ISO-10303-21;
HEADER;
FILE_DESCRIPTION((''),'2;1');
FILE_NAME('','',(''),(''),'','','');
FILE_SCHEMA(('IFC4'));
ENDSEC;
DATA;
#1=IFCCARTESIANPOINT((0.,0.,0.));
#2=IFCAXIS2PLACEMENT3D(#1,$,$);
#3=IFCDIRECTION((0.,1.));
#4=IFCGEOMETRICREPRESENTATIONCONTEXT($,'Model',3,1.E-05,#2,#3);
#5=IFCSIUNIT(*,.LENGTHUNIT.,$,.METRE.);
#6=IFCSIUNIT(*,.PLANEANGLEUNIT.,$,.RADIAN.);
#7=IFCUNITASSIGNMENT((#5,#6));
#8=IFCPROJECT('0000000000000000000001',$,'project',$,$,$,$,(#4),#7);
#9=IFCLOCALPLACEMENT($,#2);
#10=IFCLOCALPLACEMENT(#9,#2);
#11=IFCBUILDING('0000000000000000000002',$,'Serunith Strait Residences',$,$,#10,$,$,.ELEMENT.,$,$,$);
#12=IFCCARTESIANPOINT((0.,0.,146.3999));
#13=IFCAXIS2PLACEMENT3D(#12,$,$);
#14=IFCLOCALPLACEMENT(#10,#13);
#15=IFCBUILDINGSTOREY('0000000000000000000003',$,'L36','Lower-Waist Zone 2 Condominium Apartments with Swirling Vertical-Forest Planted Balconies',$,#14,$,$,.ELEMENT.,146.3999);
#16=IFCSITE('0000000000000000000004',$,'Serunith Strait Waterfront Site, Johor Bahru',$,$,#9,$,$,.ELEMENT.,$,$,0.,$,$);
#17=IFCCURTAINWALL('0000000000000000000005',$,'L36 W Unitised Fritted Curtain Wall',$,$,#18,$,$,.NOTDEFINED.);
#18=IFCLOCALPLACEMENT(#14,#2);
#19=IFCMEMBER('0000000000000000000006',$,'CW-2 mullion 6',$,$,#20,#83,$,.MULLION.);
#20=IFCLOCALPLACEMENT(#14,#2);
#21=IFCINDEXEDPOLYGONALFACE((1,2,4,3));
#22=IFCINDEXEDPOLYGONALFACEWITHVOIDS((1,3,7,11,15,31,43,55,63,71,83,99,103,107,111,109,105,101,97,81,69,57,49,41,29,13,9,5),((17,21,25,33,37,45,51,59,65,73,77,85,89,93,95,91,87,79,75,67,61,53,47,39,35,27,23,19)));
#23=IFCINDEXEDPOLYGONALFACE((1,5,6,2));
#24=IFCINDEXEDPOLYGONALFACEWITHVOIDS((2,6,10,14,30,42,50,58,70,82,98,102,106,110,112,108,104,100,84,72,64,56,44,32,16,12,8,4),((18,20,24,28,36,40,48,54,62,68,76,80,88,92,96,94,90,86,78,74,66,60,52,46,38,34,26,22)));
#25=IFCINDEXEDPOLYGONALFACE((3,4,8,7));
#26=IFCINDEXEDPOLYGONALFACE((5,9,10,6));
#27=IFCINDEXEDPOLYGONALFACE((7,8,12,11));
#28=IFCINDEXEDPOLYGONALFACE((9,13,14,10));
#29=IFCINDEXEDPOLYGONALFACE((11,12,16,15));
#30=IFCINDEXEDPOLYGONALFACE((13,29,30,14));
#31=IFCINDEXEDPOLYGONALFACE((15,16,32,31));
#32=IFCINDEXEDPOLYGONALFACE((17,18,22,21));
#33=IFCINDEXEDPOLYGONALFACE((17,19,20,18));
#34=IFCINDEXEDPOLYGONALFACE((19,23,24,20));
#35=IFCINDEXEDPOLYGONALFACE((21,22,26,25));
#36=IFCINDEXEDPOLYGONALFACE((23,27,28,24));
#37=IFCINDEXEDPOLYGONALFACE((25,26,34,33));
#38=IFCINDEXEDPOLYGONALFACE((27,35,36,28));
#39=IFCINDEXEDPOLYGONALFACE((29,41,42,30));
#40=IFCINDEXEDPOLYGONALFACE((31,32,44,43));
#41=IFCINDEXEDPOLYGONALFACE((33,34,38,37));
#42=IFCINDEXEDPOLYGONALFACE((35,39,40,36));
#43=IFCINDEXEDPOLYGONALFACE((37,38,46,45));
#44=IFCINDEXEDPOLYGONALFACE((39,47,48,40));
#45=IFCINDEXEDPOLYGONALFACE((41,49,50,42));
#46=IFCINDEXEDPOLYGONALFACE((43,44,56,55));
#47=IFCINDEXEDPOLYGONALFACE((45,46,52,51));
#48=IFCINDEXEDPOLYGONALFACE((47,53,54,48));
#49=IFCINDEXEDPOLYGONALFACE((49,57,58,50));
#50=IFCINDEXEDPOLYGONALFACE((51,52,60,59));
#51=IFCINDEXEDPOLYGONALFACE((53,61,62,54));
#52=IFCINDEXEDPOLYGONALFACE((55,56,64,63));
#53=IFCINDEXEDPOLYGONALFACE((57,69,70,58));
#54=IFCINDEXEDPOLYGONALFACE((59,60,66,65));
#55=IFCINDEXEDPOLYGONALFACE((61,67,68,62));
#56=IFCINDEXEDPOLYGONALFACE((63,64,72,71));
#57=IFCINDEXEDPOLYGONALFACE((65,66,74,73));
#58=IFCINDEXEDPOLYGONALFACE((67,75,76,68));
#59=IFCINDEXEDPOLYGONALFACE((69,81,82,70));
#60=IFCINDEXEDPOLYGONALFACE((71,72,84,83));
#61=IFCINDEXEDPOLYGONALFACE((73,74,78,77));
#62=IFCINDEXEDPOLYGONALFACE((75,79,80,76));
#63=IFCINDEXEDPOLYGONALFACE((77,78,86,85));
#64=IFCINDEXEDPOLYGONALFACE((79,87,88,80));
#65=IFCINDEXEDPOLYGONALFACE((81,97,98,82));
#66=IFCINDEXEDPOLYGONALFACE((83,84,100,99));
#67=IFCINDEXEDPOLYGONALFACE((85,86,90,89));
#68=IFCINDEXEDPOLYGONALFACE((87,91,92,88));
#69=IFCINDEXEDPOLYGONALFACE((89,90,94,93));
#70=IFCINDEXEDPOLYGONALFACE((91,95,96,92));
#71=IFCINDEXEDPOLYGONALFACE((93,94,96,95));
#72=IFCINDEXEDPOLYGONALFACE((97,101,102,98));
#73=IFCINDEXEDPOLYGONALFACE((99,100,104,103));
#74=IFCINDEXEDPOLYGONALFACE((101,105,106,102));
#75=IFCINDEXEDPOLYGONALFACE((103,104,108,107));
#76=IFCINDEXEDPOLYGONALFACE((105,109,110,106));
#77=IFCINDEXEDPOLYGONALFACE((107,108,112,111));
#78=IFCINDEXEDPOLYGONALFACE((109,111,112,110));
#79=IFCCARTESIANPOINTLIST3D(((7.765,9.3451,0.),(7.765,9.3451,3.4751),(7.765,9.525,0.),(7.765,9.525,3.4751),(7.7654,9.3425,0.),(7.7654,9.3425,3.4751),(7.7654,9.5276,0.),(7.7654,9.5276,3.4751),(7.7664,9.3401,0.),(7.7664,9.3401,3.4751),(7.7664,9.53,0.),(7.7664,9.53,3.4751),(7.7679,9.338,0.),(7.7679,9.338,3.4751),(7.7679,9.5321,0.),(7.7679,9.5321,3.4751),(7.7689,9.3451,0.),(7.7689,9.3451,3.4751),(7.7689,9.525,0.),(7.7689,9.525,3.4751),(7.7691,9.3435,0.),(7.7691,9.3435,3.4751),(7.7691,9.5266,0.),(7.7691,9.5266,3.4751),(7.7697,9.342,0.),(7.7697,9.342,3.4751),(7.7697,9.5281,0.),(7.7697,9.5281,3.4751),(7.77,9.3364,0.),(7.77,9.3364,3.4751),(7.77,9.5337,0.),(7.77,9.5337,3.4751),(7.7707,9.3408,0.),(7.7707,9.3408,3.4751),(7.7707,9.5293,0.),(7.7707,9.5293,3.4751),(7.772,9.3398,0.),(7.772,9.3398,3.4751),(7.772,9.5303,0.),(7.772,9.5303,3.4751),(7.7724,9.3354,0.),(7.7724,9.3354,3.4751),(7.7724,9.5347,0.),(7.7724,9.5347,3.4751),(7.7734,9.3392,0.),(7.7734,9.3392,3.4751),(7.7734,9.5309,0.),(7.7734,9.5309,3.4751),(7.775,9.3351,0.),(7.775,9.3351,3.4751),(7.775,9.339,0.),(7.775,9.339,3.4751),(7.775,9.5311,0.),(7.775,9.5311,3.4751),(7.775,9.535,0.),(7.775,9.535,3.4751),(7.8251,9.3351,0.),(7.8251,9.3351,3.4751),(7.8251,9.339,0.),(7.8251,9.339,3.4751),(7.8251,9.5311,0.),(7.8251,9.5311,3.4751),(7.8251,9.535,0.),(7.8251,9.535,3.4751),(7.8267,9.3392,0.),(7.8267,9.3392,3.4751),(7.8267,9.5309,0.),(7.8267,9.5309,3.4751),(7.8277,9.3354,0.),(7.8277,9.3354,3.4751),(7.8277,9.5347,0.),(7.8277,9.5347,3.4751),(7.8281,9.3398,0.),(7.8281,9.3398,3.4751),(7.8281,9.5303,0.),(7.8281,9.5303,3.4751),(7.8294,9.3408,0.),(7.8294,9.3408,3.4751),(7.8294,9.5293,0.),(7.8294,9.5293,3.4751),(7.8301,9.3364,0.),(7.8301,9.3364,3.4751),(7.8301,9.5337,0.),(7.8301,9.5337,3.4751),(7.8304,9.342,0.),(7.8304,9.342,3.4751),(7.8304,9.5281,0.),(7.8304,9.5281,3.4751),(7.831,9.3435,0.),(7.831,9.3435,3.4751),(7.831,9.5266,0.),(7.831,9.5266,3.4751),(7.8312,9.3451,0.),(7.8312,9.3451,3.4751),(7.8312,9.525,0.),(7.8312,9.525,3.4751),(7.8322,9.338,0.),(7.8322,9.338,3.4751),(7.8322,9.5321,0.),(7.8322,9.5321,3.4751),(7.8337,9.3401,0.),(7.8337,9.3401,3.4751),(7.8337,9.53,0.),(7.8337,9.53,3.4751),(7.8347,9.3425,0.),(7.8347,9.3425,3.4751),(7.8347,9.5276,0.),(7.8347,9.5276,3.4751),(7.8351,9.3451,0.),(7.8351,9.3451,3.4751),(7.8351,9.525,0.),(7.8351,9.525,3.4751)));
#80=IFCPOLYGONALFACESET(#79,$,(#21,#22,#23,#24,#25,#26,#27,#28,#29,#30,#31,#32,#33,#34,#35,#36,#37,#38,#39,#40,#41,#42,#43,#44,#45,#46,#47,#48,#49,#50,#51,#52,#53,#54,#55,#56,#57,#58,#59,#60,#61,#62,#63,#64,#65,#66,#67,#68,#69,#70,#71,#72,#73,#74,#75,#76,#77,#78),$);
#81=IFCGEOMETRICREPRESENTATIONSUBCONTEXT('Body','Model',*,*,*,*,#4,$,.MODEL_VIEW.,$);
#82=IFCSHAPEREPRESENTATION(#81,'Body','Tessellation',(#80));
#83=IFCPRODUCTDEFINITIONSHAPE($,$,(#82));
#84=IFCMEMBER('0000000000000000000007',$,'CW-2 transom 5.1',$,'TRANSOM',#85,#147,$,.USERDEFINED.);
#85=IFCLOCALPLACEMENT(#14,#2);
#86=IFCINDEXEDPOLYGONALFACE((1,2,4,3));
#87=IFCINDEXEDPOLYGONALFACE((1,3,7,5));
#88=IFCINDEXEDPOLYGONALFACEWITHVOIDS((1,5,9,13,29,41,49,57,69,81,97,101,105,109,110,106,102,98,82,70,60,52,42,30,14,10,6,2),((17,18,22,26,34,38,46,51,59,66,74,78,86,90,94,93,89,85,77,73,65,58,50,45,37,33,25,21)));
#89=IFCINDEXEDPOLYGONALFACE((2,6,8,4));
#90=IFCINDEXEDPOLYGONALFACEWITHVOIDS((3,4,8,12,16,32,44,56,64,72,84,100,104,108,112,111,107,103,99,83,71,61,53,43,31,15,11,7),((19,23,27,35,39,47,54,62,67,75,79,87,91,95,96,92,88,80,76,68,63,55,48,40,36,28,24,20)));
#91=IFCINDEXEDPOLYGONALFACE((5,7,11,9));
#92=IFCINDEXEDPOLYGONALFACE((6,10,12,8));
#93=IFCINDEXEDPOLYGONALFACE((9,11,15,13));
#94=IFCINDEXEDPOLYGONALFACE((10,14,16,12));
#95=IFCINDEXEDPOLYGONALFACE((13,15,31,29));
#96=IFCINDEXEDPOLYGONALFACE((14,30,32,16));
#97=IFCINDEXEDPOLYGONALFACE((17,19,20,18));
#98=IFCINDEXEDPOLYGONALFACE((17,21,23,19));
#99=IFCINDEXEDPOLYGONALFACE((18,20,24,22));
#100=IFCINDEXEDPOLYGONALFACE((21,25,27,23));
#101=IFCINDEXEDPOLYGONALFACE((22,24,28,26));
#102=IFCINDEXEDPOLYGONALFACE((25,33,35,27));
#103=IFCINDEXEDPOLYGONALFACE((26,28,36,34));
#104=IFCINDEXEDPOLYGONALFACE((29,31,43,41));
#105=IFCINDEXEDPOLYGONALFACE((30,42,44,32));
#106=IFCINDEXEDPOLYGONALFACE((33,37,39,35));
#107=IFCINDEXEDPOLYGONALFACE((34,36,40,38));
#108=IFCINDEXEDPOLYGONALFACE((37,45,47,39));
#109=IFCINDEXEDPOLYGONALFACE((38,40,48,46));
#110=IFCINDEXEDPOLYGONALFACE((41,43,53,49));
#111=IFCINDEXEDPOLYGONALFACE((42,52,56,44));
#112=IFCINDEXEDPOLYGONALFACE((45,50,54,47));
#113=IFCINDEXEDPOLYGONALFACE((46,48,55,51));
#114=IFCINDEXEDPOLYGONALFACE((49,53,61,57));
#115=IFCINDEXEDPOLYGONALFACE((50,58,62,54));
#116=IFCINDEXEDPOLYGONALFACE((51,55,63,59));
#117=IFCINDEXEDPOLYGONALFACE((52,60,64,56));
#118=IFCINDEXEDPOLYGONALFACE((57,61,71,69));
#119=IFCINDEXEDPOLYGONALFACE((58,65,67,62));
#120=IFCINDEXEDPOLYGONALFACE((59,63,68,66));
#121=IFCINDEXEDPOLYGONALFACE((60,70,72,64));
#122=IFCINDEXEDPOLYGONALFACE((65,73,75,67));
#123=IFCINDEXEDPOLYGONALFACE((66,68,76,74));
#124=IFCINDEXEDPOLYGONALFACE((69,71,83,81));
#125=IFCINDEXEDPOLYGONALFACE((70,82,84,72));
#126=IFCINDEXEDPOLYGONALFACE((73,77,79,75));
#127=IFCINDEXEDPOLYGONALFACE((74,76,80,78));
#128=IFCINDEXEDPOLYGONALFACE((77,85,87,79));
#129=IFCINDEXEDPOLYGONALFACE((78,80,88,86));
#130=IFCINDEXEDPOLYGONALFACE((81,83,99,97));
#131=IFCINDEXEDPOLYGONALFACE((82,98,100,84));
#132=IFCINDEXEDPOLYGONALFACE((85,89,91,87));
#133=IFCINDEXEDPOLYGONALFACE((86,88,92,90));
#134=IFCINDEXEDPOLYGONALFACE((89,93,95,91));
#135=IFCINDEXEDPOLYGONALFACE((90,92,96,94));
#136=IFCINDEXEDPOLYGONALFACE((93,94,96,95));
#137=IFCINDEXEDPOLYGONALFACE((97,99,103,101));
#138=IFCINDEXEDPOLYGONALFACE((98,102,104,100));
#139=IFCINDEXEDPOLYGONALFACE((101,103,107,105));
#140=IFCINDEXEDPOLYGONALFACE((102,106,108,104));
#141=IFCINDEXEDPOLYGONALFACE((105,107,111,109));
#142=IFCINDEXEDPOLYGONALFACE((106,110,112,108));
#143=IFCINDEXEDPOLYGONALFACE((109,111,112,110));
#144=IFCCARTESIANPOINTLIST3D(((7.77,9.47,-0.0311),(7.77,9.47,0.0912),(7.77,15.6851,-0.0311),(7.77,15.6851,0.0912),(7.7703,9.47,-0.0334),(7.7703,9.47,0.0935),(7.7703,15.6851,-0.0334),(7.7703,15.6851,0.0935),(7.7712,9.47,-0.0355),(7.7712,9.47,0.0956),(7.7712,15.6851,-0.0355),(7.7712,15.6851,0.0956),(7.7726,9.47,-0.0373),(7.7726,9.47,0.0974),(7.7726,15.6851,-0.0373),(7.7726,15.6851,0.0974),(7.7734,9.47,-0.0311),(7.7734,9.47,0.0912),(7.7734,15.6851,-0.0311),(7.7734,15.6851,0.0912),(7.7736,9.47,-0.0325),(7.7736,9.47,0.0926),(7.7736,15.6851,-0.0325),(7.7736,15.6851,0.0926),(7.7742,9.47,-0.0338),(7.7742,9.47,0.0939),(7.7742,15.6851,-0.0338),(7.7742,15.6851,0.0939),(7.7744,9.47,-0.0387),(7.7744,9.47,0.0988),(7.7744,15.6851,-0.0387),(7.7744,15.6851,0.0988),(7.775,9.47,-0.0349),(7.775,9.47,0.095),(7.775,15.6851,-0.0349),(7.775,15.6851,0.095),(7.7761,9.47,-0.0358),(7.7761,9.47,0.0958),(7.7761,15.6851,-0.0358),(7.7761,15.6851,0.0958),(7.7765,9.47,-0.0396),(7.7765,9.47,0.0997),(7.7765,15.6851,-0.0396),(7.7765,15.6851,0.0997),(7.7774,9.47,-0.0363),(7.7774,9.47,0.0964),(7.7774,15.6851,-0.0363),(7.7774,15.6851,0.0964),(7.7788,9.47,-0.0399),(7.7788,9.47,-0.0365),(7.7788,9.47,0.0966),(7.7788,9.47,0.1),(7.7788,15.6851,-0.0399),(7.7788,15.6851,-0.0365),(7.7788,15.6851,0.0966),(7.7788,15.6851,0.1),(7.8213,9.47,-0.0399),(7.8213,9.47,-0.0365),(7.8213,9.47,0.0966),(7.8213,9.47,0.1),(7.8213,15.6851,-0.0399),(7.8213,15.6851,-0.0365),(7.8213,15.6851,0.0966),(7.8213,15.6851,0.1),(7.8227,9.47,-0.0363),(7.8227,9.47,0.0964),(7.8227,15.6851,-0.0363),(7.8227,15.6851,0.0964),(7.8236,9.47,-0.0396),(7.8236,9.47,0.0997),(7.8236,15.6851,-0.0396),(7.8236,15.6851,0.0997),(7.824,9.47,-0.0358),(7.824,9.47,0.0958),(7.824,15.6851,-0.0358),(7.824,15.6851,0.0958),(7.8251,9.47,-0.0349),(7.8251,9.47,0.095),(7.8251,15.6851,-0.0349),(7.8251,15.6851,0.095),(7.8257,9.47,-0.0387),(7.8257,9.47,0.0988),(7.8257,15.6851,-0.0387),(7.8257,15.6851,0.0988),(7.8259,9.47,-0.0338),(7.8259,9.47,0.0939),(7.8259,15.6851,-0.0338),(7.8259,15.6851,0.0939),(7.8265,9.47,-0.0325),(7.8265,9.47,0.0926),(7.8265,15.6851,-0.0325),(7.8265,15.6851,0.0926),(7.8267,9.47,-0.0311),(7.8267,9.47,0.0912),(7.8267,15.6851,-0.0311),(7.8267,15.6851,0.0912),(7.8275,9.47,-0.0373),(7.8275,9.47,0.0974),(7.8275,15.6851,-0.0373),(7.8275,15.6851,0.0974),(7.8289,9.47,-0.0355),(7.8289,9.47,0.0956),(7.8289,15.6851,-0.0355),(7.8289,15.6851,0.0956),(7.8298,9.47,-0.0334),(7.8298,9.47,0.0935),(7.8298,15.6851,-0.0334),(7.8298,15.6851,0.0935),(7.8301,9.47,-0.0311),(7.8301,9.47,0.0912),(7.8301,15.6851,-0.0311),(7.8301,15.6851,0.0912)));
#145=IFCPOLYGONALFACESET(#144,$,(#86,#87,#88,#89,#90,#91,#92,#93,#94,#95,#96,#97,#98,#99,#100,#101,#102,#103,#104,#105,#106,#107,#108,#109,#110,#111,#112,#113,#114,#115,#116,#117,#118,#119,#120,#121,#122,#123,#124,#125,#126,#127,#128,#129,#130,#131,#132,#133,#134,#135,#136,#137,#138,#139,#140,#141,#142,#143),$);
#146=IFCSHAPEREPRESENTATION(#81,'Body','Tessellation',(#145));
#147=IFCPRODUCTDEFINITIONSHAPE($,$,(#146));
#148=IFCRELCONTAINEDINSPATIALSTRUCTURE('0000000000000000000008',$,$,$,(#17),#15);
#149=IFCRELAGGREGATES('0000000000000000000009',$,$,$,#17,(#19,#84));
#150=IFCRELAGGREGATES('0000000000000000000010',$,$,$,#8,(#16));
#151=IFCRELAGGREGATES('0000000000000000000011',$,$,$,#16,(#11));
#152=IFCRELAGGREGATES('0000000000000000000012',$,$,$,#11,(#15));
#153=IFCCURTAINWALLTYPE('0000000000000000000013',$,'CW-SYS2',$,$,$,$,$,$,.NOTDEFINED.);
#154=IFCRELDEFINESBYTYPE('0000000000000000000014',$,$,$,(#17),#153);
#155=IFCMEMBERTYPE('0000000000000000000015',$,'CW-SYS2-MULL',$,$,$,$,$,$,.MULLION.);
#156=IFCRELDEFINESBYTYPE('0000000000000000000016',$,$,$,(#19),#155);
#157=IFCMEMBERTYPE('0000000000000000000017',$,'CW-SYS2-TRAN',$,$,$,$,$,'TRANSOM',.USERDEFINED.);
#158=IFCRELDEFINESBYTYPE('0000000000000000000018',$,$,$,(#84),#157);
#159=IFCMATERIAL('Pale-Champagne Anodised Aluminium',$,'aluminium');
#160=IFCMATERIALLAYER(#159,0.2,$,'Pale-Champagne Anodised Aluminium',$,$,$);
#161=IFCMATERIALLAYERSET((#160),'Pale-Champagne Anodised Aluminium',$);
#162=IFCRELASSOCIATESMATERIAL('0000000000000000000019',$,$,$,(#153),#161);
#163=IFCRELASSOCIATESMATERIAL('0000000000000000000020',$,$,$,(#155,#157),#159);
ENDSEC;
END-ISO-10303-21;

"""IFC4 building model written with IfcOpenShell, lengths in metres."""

from ifc_helpers import new_model, si_unit, direction, frame, origin, origin_2d, place, context, subcontext, project, spatial, hollow_rectangle, extrude, source, transform, mapped, material, layer, layer_set, material_profile, profile_set, type_object, element, aggregate, save


model = new_model("IFC4")

# Units and contexts
model_context = context("Model", 3, precision=1e-05, world=origin(), true_north=direction((0.0, 1.0)))
body_context = subcontext(model_context, "Body", "Model", "MODEL_VIEW")
ifc_project = project(units=[si_unit("LENGTHUNIT", "METRE"), si_unit("PLANEANGLEUNIT", "RADIAN")], contexts=[model_context])

# Site, building, storey
site_placement = place(None, origin())
site = spatial("IfcSite", under=ifc_project, at=site_placement, Name="Serunith Strait Waterfront Site, Johor Bahru", CompositionType="ELEMENT", RefElevation=0.0)
building_placement = place(site_placement, origin())
building = spatial("IfcBuilding", under=site, at=building_placement, Name="Serunith Strait Residences", CompositionType="ELEMENT")
storey_placement = place(building_placement, frame((0.0, 0.0, 146.3999)))
storey = spatial("IfcBuildingStorey", under=building, at=storey_placement, Name="L36", Description="Lower-Waist Zone 2 Condominium Apartments with Swirling Vertical-Forest Planted Balconies", CompositionType="ELEMENT", Elevation=146.3999)

# Curtain wall, members
ifc_material_1 = material(Name="Pale-Champagne Anodised Aluminium", Category="aluminium")
ifc_layer_1 = layer(ifc_material_1, 0.2, Name="Pale-Champagne Anodised Aluminium")
ifc_layer_set_1 = layer_set([ifc_layer_1], Name="Pale-Champagne Anodised Aluminium")
curtain_wall_type = type_object("IfcCurtainWallType", Name="CW-SYS2", PredefinedType="NOTDEFINED", material=ifc_layer_set_1)
curtain_wall_placement = place(storey_placement, origin())
curtain_wall = element("IfcCurtainWall", 1, at=curtain_wall_placement, inside=storey, type_object=curtain_wall_type, Name="L36 W Unitised Fritted Curtain Wall", PredefinedType="NOTDEFINED")
ifc_material_profile_1 = material_profile(ifc_material_1, hollow_rectangle(XDim=0.0701, YDim=0.2, WallThickness=0.0039, InnerFilletRadius=0.0061, OuterFilletRadius=0.01, at=origin_2d()), Name="ALU 200x70x4")
ifc_profile_set_1 = profile_set([ifc_material_profile_1], Name="Pale-Champagne Anodised Aluminium")
member_type_1 = type_object("IfcMemberType", Name="CW-SYS2-MULL", PredefinedType="MULLION", material=ifc_profile_set_1)
shared_shape_1 = source(origin(), body_context, "Body", "SweptSolid", [
    extrude(hollow_rectangle(XDim=0.0701, YDim=0.2, WallThickness=0.0039, InnerFilletRadius=0.0061, OuterFilletRadius=0.01, at=origin_2d()), origin(), (0.0, 0.0, 1.0), 3.4751),
])
member_1_placement = place(storey_placement, frame((7.8, 9.4351, 0.0), z_axis=(0.0, 0.0, 1.0), x_axis=(1.0, 0.0, 0.0)))
member_1 = element("IfcMember", 2, at=member_1_placement, type_object=member_type_1, Name="CW-2 mullion 6", PredefinedType="MULLION", context=body_context, shape_type="MappedRepresentation", body=[
    mapped(shared_shape_1, transform((0.0, 0.0, 0.0), scale=1.0)),
])
ifc_material_profile_2 = material_profile(ifc_material_1, hollow_rectangle(XDim=0.0601, YDim=0.1399, WallThickness=0.0034, InnerFilletRadius=0.0054, OuterFilletRadius=0.0088, at=origin_2d()), Name="ALU 140x60x3.5")
ifc_profile_set_2 = profile_set([ifc_material_profile_2], Name="Pale-Champagne Anodised Aluminium")
member_type_2 = type_object("IfcMemberType", Name="CW-SYS2-TRAN", ElementType="TRANSOM", PredefinedType="USERDEFINED", material=ifc_profile_set_2)
shared_shape_2 = source(origin(), body_context, "Body", "SweptSolid", [
    extrude(hollow_rectangle(XDim=0.0601, YDim=0.1399, WallThickness=0.0034, InnerFilletRadius=0.0054, OuterFilletRadius=0.0088, at=origin_2d()), origin(), (0.0, 0.0, 1.0), 6.2151),
])
member_2_placement = place(storey_placement, frame((7.8, 15.6851, 0.03), z_axis=(0.0, -1.0, 0.0), x_axis=(1.0, 0.0, 0.0)))
member_2 = element("IfcMember", 3, at=member_2_placement, type_object=member_type_2, Name="CW-2 transom 5.1", ObjectType="TRANSOM", PredefinedType="USERDEFINED", context=body_context, shape_type="MappedRepresentation", body=[
    mapped(shared_shape_2, transform((0.0, 0.0, 0.0), scale=1.0)),
])
aggregate(curtain_wall, [member_1, member_2])

save(model, "model.ifc")
